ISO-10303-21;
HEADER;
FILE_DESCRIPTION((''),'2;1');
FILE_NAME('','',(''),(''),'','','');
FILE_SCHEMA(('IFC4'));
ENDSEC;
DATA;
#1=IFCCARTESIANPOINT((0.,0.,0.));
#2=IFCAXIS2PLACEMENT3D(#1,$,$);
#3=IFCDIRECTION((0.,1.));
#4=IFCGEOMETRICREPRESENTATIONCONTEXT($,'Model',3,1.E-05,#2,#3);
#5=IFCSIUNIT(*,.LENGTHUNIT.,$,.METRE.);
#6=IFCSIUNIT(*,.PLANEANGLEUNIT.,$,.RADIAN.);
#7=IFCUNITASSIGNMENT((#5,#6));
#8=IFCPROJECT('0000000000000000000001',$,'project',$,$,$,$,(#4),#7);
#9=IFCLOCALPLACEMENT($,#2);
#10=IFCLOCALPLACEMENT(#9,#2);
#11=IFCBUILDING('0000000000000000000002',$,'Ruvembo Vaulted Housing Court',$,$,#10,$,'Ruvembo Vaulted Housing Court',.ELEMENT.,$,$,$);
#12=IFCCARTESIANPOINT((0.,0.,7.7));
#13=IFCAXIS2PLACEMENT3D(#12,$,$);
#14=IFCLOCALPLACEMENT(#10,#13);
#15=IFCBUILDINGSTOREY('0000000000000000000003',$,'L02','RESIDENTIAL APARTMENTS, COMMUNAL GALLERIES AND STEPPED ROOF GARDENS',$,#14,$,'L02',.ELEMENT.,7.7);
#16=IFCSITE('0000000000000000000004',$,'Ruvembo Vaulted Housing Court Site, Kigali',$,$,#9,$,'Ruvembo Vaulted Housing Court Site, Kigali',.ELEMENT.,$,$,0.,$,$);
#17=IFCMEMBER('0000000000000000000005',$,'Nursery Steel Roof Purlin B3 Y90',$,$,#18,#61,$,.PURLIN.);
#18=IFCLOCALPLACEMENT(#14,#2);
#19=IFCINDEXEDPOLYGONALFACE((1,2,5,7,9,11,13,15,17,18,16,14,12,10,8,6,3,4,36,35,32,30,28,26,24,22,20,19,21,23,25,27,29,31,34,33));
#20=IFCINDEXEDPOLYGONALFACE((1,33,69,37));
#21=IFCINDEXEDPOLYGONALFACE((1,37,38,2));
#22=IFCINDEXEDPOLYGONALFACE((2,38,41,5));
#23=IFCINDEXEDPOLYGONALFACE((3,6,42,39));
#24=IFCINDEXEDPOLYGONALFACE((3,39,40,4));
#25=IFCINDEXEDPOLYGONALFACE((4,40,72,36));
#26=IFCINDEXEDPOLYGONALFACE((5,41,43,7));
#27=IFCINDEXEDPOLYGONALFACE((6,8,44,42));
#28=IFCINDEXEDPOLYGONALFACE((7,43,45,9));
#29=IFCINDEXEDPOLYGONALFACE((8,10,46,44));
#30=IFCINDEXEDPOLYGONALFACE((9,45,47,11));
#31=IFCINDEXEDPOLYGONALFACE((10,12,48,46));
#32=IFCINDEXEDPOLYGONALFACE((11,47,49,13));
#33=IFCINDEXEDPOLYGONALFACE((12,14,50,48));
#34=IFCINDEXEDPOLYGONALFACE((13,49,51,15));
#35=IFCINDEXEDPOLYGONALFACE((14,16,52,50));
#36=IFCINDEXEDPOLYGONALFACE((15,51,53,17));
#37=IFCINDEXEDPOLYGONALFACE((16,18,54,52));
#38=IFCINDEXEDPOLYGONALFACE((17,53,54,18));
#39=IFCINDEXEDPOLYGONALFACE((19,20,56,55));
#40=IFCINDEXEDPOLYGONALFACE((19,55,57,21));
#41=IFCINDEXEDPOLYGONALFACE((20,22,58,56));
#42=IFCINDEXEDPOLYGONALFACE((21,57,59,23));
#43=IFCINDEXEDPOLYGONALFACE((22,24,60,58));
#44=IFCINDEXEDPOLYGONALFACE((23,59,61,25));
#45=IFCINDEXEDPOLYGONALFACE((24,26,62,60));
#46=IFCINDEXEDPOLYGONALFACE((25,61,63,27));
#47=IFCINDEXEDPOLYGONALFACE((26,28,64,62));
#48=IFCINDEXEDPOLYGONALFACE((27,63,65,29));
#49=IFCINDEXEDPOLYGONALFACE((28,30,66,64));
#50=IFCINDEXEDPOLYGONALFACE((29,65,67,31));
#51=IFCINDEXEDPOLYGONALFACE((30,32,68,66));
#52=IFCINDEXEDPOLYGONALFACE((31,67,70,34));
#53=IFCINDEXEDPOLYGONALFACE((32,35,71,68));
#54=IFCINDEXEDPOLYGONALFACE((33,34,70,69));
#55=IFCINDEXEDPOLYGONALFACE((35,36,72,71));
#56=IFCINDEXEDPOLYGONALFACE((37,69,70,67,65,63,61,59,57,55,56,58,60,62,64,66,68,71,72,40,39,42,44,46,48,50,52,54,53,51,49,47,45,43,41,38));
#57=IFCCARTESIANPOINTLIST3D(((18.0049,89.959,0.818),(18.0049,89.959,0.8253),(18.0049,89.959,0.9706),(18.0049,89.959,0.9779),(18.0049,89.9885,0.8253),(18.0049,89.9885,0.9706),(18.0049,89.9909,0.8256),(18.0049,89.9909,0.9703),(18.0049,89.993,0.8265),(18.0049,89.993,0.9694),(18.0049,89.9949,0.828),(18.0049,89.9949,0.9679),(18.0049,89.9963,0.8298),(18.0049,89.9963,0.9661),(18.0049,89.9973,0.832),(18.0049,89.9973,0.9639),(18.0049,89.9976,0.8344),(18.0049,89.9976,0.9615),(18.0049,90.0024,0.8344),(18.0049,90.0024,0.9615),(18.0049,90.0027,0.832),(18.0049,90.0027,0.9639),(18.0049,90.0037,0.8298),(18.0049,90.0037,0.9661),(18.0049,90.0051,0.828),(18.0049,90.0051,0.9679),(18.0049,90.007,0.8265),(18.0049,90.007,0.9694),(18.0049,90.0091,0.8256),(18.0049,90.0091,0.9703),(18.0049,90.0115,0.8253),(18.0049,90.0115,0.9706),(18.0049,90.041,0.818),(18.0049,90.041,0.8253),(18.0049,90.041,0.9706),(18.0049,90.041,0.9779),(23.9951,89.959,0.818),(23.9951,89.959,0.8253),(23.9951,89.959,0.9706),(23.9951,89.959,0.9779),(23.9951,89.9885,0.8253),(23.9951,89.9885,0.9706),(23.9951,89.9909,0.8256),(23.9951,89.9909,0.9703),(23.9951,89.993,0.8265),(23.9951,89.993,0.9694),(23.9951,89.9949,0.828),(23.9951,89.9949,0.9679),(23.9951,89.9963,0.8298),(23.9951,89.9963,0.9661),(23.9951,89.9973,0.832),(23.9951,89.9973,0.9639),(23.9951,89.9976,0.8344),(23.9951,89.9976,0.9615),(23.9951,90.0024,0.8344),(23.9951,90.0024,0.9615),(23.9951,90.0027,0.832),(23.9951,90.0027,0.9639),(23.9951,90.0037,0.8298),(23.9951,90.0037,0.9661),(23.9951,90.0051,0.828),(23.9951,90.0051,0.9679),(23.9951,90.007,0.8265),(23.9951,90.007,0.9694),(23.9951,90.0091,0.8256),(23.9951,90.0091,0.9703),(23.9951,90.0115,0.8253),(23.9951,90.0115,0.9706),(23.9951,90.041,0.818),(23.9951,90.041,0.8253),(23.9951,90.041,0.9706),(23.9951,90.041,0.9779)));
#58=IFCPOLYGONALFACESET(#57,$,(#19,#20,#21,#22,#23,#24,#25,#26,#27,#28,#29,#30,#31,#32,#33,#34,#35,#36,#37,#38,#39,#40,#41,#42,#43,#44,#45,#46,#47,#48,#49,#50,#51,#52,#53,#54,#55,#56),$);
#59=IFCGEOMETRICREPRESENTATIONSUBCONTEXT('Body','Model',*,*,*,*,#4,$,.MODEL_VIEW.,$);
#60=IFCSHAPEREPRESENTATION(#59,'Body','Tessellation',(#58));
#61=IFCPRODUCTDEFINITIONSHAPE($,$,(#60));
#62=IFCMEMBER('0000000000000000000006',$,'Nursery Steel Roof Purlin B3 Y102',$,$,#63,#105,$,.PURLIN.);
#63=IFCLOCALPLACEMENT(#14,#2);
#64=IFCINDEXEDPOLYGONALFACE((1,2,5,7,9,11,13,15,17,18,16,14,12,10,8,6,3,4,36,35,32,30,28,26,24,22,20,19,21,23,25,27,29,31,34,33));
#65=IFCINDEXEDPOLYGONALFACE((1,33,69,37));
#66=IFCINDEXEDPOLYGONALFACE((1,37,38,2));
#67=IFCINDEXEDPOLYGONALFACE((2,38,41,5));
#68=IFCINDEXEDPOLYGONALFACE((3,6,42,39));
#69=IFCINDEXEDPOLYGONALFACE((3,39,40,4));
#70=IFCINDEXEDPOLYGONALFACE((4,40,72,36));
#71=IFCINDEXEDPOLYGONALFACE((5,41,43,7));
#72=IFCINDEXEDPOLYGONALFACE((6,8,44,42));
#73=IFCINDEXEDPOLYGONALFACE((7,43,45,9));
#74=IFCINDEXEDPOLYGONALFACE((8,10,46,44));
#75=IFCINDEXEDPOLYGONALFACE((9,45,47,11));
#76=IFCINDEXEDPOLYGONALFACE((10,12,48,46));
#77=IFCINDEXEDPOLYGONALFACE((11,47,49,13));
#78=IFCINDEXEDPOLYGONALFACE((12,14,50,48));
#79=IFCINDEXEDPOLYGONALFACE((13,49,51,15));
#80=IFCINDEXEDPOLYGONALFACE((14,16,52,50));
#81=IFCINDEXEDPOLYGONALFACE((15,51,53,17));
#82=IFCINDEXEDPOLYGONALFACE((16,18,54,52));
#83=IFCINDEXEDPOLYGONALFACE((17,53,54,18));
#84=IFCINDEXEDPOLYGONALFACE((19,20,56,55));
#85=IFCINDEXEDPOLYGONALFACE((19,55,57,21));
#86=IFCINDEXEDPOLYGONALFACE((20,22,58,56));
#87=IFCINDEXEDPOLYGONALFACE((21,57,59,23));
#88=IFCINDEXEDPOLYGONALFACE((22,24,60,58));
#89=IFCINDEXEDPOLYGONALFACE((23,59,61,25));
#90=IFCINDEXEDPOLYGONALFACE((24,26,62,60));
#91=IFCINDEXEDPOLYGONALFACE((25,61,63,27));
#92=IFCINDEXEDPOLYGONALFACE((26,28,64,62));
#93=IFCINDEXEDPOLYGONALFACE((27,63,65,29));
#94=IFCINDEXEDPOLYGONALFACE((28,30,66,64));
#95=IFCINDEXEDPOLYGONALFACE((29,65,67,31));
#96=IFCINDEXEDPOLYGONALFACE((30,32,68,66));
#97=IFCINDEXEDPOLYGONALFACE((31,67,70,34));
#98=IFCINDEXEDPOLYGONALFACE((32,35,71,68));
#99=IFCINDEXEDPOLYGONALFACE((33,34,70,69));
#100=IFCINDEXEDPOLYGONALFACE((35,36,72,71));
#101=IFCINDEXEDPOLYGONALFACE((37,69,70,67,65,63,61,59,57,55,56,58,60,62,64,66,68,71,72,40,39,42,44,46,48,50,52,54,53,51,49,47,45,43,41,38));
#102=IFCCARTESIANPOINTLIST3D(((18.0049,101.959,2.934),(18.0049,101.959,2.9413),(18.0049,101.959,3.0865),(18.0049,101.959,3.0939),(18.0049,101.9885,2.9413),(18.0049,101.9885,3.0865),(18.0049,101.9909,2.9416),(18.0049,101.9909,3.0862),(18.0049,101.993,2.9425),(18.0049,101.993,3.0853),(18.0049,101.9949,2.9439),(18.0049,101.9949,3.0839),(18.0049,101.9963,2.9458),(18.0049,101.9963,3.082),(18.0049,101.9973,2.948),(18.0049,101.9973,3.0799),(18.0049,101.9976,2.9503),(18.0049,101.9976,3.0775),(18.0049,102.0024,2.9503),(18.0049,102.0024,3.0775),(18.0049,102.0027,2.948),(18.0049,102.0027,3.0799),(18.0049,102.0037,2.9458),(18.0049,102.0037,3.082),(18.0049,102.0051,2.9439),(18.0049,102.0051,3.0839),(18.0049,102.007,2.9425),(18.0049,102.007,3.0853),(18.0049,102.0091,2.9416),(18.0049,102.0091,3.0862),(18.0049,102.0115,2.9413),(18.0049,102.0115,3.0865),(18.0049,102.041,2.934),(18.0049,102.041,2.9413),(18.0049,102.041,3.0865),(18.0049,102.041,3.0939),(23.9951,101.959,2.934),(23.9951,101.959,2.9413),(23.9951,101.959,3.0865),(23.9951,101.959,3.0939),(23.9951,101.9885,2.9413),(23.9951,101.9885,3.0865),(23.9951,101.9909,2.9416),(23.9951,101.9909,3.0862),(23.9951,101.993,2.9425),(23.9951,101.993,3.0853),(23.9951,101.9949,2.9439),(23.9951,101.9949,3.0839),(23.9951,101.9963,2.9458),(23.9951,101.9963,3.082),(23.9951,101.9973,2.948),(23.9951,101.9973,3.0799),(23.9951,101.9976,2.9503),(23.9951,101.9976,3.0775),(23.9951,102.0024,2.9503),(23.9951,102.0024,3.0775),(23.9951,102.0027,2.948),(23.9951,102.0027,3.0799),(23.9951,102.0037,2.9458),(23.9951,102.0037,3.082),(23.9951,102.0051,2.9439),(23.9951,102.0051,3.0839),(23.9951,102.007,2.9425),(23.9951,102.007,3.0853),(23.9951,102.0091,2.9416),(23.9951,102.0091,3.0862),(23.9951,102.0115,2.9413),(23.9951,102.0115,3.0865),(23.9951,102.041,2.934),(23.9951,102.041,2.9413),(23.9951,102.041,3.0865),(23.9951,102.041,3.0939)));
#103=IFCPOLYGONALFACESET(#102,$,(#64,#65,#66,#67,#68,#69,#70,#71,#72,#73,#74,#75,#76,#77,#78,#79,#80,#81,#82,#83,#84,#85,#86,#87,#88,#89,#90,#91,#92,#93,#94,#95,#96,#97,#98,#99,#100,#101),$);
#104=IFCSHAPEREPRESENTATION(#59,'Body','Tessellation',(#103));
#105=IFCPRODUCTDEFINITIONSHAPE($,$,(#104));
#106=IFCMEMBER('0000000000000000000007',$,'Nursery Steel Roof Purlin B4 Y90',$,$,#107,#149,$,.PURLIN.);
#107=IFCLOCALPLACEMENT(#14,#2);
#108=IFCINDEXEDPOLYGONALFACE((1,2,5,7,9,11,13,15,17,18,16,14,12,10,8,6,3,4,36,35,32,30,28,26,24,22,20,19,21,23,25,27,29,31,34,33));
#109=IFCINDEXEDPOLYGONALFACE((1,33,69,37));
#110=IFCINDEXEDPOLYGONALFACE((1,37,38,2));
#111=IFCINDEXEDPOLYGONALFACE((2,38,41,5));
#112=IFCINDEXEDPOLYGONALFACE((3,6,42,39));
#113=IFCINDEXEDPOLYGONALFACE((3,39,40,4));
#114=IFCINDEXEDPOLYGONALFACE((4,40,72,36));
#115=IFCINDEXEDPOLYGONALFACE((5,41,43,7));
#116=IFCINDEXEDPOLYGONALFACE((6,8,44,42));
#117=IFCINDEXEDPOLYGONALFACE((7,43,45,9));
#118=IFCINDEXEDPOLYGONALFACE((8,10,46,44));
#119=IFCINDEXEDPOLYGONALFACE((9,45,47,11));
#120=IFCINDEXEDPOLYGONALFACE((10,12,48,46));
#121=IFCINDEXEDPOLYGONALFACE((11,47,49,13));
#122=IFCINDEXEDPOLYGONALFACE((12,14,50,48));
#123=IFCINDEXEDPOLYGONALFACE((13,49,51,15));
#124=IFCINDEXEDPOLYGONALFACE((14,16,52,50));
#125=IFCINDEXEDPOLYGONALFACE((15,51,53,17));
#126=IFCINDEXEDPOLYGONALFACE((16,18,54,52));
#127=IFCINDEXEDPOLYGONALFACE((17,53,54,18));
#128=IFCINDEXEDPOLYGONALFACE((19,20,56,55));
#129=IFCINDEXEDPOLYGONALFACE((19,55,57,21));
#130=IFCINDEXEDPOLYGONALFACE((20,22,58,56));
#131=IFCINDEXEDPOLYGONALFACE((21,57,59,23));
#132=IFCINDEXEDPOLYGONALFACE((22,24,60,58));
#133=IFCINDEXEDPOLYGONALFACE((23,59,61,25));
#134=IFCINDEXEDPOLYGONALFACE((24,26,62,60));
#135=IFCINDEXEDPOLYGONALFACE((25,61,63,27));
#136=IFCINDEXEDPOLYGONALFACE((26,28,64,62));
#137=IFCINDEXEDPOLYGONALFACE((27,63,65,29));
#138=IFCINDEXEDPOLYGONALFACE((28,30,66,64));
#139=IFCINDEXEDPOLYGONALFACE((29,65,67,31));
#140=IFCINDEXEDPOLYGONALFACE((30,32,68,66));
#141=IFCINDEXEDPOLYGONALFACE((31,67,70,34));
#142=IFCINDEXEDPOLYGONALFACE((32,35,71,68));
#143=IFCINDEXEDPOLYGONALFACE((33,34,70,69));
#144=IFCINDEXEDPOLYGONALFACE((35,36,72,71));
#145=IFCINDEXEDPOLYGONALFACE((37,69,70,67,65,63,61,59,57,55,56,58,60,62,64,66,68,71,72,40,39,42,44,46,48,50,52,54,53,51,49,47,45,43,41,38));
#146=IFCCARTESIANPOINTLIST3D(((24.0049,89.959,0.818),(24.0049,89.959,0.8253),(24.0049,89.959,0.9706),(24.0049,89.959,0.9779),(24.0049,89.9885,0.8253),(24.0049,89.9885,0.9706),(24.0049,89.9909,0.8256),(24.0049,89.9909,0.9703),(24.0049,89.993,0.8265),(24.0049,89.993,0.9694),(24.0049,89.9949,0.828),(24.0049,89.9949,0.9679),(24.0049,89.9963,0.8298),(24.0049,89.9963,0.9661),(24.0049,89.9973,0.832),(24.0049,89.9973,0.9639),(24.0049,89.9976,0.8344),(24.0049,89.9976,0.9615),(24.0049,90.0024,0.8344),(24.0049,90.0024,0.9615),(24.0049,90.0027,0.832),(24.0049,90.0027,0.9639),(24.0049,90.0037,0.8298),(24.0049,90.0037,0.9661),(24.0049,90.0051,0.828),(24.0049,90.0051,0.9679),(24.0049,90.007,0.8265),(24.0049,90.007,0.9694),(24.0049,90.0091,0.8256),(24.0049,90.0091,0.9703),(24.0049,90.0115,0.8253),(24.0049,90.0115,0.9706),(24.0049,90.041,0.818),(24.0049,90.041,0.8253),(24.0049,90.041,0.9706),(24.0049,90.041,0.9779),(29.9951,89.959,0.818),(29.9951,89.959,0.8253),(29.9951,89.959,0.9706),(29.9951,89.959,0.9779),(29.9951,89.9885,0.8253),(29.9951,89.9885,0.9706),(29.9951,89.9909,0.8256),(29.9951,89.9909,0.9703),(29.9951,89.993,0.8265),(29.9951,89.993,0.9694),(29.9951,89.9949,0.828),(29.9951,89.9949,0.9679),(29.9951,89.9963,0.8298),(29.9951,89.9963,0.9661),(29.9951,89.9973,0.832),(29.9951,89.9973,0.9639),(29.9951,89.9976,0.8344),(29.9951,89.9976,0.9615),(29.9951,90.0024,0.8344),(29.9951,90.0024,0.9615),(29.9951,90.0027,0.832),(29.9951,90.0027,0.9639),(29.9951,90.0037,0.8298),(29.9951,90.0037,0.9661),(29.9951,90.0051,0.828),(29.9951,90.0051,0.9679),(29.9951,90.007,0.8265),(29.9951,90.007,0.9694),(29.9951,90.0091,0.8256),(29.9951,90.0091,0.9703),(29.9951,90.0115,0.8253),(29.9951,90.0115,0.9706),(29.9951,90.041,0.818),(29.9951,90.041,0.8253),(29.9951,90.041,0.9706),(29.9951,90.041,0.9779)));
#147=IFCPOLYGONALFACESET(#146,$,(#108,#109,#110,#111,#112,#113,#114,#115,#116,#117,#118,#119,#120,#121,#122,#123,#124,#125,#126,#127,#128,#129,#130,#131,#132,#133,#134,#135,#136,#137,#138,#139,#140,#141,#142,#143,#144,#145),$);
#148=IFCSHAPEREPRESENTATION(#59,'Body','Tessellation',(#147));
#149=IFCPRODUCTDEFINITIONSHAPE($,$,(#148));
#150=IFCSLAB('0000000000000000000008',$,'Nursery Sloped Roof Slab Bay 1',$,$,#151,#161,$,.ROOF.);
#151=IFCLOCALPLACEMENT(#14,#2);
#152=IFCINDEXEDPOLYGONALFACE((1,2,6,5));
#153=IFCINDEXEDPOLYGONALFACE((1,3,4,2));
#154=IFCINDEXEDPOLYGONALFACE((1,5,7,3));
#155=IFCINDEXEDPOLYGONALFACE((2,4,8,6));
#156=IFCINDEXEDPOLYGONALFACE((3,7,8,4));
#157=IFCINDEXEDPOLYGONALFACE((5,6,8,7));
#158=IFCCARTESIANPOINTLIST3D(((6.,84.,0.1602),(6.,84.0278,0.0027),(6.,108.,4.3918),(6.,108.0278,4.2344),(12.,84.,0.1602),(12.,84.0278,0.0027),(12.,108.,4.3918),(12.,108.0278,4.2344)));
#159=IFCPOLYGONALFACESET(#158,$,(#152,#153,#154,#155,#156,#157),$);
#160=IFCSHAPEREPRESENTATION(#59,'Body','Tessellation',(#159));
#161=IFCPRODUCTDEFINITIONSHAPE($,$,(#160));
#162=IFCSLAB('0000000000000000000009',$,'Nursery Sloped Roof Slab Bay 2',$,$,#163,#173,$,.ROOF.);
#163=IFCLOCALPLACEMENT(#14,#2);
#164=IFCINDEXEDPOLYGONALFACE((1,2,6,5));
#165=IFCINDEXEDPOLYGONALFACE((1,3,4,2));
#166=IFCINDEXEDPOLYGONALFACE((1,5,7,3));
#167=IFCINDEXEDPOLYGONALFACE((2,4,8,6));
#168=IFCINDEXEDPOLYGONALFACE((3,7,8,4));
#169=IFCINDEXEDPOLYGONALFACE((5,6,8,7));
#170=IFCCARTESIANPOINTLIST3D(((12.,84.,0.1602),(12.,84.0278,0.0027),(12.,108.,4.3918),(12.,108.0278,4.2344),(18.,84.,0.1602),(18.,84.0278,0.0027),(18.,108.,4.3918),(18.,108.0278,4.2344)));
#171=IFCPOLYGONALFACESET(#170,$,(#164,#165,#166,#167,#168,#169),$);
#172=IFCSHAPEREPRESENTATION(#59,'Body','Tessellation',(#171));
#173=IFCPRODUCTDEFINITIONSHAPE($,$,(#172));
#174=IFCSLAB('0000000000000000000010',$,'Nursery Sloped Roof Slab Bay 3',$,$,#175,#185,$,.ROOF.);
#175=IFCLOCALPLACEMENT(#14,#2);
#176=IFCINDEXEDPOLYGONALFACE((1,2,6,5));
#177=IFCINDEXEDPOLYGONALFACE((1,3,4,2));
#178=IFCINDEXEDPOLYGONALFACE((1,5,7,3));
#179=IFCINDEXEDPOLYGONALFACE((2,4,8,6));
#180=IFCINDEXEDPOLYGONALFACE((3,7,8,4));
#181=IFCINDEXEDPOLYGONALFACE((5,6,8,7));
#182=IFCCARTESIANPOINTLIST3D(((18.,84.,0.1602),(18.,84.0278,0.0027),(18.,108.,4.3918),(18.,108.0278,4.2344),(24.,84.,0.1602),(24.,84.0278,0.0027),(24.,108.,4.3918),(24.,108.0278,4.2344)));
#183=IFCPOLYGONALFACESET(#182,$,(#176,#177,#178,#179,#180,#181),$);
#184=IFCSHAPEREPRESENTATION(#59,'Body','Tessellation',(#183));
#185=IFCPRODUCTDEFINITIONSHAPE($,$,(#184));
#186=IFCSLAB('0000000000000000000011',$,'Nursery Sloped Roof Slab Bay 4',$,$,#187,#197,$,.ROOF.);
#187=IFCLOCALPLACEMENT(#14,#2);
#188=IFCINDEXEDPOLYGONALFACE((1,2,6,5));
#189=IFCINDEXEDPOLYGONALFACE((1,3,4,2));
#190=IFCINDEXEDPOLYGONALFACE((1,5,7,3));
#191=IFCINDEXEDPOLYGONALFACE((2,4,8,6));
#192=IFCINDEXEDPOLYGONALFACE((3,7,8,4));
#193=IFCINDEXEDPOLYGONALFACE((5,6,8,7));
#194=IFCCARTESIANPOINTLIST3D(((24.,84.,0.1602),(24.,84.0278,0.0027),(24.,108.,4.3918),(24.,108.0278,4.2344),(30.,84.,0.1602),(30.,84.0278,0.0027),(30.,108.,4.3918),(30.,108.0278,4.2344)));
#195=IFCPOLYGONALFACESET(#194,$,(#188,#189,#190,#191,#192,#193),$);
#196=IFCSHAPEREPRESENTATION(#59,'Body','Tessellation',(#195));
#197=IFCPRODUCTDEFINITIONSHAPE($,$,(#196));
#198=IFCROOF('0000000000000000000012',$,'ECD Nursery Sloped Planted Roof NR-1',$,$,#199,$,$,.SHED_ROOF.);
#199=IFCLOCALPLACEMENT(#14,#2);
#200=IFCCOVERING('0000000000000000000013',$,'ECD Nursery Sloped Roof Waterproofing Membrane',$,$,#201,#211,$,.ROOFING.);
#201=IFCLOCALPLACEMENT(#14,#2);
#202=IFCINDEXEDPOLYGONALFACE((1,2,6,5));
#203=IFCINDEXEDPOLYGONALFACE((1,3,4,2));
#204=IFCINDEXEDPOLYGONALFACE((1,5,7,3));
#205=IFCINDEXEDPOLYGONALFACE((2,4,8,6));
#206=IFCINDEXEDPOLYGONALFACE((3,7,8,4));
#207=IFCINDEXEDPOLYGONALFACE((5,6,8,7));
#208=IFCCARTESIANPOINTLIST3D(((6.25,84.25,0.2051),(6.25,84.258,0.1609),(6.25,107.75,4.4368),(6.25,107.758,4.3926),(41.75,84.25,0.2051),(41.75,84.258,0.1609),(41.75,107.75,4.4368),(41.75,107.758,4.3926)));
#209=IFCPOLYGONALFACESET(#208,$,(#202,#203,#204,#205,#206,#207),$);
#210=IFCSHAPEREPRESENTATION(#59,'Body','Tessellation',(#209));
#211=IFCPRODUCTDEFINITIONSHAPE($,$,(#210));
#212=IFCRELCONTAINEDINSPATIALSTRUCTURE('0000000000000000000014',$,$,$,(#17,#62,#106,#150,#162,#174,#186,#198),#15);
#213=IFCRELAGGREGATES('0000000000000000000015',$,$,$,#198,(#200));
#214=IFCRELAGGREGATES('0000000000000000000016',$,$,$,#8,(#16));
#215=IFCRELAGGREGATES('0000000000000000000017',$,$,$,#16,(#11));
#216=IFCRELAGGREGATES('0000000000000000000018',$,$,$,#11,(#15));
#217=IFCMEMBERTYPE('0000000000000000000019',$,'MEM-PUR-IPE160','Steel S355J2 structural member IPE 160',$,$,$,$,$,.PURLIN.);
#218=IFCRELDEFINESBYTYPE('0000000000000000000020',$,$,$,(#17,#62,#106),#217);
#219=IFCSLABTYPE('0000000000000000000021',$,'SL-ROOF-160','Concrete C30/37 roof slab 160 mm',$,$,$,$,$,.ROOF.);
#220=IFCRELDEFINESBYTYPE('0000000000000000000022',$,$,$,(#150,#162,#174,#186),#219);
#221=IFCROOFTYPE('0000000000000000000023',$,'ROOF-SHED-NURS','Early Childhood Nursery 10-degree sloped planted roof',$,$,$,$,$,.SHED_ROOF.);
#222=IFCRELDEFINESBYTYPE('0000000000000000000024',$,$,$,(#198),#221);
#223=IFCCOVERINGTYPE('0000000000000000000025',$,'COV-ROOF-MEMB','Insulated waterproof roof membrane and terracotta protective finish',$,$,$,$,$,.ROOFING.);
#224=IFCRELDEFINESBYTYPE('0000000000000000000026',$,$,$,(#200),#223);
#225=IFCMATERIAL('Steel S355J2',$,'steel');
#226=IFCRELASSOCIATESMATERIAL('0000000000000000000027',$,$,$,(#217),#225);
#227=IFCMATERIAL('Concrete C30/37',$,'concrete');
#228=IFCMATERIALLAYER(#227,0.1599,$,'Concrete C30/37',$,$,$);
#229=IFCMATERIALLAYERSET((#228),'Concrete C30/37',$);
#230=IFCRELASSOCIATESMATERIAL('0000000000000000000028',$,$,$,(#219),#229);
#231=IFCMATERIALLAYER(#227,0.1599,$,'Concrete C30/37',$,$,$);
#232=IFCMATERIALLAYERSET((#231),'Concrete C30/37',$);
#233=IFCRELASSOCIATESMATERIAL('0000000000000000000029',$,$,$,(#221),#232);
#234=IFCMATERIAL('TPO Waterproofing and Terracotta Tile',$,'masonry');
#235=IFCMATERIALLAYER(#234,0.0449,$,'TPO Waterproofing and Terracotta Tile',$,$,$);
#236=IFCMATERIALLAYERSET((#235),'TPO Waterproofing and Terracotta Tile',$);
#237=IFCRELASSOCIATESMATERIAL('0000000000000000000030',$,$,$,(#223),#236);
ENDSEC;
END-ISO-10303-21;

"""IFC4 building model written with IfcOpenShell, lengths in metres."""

from ifc_helpers import new_model, si_unit, direction, frame, origin, origin_2d, place, context, subcontext, project, spatial, polyline, i_section, outline, extrude, material, layer, layer_set, material_profile, profile_set, type_object, element, aggregate, save


model = new_model("IFC4")

# Units and contexts
model_context = context("Model", 3, precision=1e-05, world=origin(), true_north=direction((0.0, 1.0)))
body_context = subcontext(model_context, "Body", "Model", "MODEL_VIEW")
ifc_project = project(units=[si_unit("LENGTHUNIT", "METRE"), si_unit("PLANEANGLEUNIT", "RADIAN")], contexts=[model_context])

# Site, building, storey
site_placement = place(None, origin())
site = spatial("IfcSite", under=ifc_project, at=site_placement, Name="Ruvembo Vaulted Housing Court Site, Kigali", LongName="Ruvembo Vaulted Housing Court Site, Kigali", CompositionType="ELEMENT", RefElevation=0.0)
building_placement = place(site_placement, origin())
building = spatial("IfcBuilding", under=site, at=building_placement, Name="Ruvembo Vaulted Housing Court", LongName="Ruvembo Vaulted Housing Court", CompositionType="ELEMENT")
storey_placement = place(building_placement, frame((0.0, 0.0, 7.7)))
storey = spatial("IfcBuildingStorey", under=building, at=storey_placement, Name="L02", Description="RESIDENTIAL APARTMENTS, COMMUNAL GALLERIES AND STEPPED ROOF GARDENS", LongName="L02", CompositionType="ELEMENT", Elevation=7.7)

# Shared definitions
ifc_material_1 = material(Name="Steel S355J2", Category="steel")

# Members
ifc_material_profile_1 = material_profile(ifc_material_1, i_section(OverallWidth=0.082, OverallDepth=0.1599, WebThickness=0.0049, FlangeThickness=0.0073, FilletRadius=0.009, at=origin_2d()), Name="IPE 160")
ifc_profile_set_1 = profile_set([ifc_material_profile_1], Name="Steel S355J2")
member_type_1 = type_object("IfcMemberType", Name="MEM-PUR-IPE160", Description="Steel S355J2 structural member IPE 160", PredefinedType="PURLIN", material=ifc_profile_set_1)
for number, where, z_axis, x_axis, name in (
    (1, (18.0049, 90.0, 0.8979), (1.0, 0.0, 0.0), (0.0, 1.0, 0.0), "Nursery Steel Roof Purlin B3 Y90"),
    (2, (18.0049, 102.0, 3.0139), (1.0, 0.0, 0.0), (0.0, 1.0, 0.0), "Nursery Steel Roof Purlin B3 Y102"),
    (3, (24.0049, 90.0, 0.8979), (1.0, 0.0, 0.0), (0.0, 1.0, 0.0), "Nursery Steel Roof Purlin B4 Y90"),
):
    element("IfcMember", number, at=place(storey_placement, frame(where, z_axis=z_axis, x_axis=x_axis)), inside=storey, type_object=member_type_1, Name=name, PredefinedType="PURLIN", context=body_context, shape_type="SweptSolid", body=[
        extrude(i_section(OverallWidth=0.082, OverallDepth=0.1599, WebThickness=0.0049, FlangeThickness=0.0073, FilletRadius=0.009, at=origin_2d()), origin(), (0.0, 0.0, 1.0), 5.9902),
    ])

# Slabs
ifc_material_2 = material(Name="Concrete C30/37", Category="concrete")
ifc_layer_1 = layer(ifc_material_2, 0.1599, Name="Concrete C30/37")
ifc_layer_set_1 = layer_set([ifc_layer_1], Name="Concrete C30/37")
slab_type = type_object("IfcSlabType", Name="SL-ROOF-160", Description="Concrete C30/37 roof slab 160 mm", PredefinedType="ROOF", material=ifc_layer_set_1)
for number, where, z_axis, x_axis, name in (
    (4, (6.0, 84.0, 0.1602), (0.0, -0.173642, 0.984809), (1.0, 0.0, 0.0), "Nursery Sloped Roof Slab Bay 1"),
    (5, (12.0, 84.0, 0.1602), (0.0, -0.173642, 0.984809), (1.0, 0.0, 0.0), "Nursery Sloped Roof Slab Bay 2"),
    (6, (18.0, 84.0, 0.1602), (0.0, -0.173642, 0.984809), (1.0, 0.0, 0.0), "Nursery Sloped Roof Slab Bay 3"),
    (7, (24.0, 84.0, 0.1602), (0.0, -0.173642, 0.984809), (1.0, 0.0, 0.0), "Nursery Sloped Roof Slab Bay 4"),
):
    element("IfcSlab", number, at=place(storey_placement, frame(where, z_axis=z_axis, x_axis=x_axis)), inside=storey, type_object=slab_type, Name=name, PredefinedType="ROOF", context=body_context, shape_type="SweptSolid", body=[
        extrude(outline(polyline([(0.0, 0.0), (6.0, 0.0), (6.0, 24.3702), (0.0, 24.3702), (0.0, 0.0)])), origin(), (0.0, 0.0, -1.0), 0.1599),
    ])

# Roof, covering
ifc_layer_2 = layer(ifc_material_2, 0.1599, Name="Concrete C30/37")
ifc_layer_set_2 = layer_set([ifc_layer_2], Name="Concrete C30/37")
roof_type = type_object("IfcRoofType", Name="ROOF-SHED-NURS", Description="Early Childhood Nursery 10-degree sloped planted roof", PredefinedType="SHED_ROOF", material=ifc_layer_set_2)
roof_placement = place(storey_placement, origin())
roof = element("IfcRoof", 8, at=roof_placement, inside=storey, type_object=roof_type, Name="ECD Nursery Sloped Planted Roof NR-1", PredefinedType="SHED_ROOF")
ifc_material_3 = material(Name="TPO Waterproofing and Terracotta Tile", Category="masonry")
ifc_layer_3 = layer(ifc_material_3, 0.0449, Name="TPO Waterproofing and Terracotta Tile")
ifc_layer_set_3 = layer_set([ifc_layer_3], Name="TPO Waterproofing and Terracotta Tile")
covering_type = type_object("IfcCoveringType", Name="COV-ROOF-MEMB", Description="Insulated waterproof roof membrane and terracotta protective finish", PredefinedType="ROOFING", material=ifc_layer_set_3)
covering_placement = place(storey_placement, frame((6.25, 84.25, 0.2051), z_axis=(0.0, -0.177222, 0.984171), x_axis=(1.0, 0.0, 0.0)))
covering = element("IfcCovering", 9, at=covering_placement, type_object=covering_type, Name="ECD Nursery Sloped Roof Waterproofing Membrane", PredefinedType="ROOFING", context=body_context, shape_type="SweptSolid", body=[
    extrude(outline(polyline([(0.0, 0.0), (35.5, 0.0), (35.5, 23.878), (0.0, 23.878), (0.0, 0.0)])), origin(), (0.0, 0.0, -1.0), 0.0449),
])
aggregate(roof, [covering])

save(model, "model.ifc")
